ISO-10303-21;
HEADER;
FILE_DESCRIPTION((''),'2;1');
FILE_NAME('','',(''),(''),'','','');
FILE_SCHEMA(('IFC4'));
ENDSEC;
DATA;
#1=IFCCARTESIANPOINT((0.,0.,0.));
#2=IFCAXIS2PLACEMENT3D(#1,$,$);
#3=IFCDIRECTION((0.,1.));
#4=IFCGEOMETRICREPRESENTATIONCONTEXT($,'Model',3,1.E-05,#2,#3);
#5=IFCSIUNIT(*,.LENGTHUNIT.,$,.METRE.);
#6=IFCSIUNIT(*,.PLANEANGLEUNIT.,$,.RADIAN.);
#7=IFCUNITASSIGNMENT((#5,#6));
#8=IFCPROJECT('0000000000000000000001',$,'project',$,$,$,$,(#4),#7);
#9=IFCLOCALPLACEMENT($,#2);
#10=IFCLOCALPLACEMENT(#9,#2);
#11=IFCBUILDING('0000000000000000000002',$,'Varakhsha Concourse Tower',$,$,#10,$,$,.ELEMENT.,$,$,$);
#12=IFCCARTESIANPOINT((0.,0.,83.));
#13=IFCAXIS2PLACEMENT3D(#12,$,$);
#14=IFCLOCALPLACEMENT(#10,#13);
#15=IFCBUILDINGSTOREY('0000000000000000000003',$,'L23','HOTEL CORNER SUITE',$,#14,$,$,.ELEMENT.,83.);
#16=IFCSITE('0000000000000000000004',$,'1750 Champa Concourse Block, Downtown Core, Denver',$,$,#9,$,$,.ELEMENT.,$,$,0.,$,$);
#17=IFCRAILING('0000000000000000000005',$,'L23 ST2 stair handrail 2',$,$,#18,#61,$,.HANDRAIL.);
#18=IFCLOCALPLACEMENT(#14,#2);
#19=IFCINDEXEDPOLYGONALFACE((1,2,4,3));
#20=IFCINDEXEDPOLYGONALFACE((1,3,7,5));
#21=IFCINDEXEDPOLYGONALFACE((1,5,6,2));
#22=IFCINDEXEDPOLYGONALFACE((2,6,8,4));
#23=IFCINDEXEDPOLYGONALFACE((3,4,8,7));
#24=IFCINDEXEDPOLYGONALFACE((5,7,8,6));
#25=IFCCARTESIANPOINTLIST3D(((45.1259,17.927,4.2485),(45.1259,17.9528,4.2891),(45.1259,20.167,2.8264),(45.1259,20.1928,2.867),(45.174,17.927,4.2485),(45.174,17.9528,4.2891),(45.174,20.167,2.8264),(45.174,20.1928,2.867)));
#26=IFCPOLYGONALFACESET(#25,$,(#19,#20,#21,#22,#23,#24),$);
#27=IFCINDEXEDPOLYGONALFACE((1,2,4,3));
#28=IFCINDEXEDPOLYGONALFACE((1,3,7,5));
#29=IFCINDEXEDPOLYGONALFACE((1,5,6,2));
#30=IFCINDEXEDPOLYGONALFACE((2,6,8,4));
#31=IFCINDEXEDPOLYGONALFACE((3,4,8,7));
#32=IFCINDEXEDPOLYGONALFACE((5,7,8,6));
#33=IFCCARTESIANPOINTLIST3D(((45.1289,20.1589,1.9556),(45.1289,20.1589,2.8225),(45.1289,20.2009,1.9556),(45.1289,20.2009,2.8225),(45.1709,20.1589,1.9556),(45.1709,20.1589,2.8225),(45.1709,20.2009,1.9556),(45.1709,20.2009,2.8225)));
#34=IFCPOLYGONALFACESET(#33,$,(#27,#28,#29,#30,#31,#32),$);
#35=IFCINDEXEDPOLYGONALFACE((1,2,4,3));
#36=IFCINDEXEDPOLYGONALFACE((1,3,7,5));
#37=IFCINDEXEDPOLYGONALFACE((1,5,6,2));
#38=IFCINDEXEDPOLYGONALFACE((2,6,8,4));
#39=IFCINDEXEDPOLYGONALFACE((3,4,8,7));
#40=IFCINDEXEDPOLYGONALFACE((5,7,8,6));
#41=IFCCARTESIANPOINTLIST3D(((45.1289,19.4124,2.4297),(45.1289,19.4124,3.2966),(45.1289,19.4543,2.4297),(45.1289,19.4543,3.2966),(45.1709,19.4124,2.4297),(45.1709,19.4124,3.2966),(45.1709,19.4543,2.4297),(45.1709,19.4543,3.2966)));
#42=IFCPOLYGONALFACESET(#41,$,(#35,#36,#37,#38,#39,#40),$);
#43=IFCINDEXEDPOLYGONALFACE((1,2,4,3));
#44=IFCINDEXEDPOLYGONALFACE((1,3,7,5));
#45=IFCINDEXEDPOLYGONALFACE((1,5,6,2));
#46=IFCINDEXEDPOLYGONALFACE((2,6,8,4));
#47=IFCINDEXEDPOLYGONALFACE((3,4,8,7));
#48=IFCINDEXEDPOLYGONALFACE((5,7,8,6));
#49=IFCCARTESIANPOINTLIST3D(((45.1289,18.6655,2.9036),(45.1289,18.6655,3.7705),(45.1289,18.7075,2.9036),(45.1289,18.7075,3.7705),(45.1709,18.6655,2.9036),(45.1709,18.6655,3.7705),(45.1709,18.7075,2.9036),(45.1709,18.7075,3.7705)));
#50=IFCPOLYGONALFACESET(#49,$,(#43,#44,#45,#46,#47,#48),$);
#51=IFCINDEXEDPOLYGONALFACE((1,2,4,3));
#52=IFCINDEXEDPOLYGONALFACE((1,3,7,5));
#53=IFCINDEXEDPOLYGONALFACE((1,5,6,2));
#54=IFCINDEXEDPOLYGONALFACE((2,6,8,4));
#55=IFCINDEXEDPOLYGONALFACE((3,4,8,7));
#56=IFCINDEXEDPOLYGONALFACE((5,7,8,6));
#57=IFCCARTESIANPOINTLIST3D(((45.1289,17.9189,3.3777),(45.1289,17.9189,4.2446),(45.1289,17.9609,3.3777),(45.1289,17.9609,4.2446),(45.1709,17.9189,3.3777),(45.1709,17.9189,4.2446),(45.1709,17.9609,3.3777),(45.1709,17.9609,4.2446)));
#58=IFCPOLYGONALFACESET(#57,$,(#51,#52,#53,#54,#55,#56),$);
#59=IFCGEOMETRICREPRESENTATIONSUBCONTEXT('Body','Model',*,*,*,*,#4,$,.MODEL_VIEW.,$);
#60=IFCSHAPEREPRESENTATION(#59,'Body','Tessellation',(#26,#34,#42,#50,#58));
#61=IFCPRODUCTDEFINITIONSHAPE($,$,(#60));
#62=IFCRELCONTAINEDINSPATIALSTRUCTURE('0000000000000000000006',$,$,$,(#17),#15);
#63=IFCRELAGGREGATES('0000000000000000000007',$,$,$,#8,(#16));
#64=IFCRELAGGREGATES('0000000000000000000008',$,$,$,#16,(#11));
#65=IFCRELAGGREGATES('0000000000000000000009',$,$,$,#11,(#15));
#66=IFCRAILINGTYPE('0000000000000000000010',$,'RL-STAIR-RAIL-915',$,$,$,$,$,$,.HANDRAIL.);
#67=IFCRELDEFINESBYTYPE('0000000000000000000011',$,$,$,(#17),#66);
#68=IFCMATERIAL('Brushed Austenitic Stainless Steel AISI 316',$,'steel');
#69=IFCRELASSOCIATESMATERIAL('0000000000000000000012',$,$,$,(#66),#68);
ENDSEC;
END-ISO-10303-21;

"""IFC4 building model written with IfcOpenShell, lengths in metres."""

from ifc_helpers import new_model, si_unit, direction, frame, origin, origin_2d, place, context, subcontext, project, spatial, rectangle, extrude, material, type_object, element, save


model = new_model("IFC4")

# Units and contexts
model_context = context("Model", 3, precision=1e-05, world=origin(), true_north=direction((0.0, 1.0)))
body_context = subcontext(model_context, "Body", "Model", "MODEL_VIEW")
ifc_project = project(units=[si_unit("LENGTHUNIT", "METRE"), si_unit("PLANEANGLEUNIT", "RADIAN")], contexts=[model_context])

# Site, building, storey
site_placement = place(None, origin())
site = spatial("IfcSite", under=ifc_project, at=site_placement, Name="1750 Champa Concourse Block, Downtown Core, Denver", CompositionType="ELEMENT", RefElevation=0.0)
building_placement = place(site_placement, origin())
building = spatial("IfcBuilding", under=site, at=building_placement, Name="Varakhsha Concourse Tower", CompositionType="ELEMENT")
storey_placement = place(building_placement, frame((0.0, 0.0, 83.0)))
storey = spatial("IfcBuildingStorey", under=building, at=storey_placement, Name="L23", Description="HOTEL CORNER SUITE", CompositionType="ELEMENT", Elevation=83.0)

# Railing
ifc_material_1 = material(Name="Brushed Austenitic Stainless Steel AISI 316", Category="steel")
railing_type_1 = type_object("IfcRailingType", Name="RL-STAIR-RAIL-915", PredefinedType="HANDRAIL", material=ifc_material_1)
railing_1_placement = place(storey_placement, frame((45.1499, 20.1799, 1.9556)))
element("IfcRailing", 1, at=railing_1_placement, inside=storey, type_object=railing_type_1, Name="L23 ST2 stair handrail 2", PredefinedType="HANDRAIL", context=body_context, shape_type="SweptSolid", body=[
    extrude(rectangle(XDim=0.0481, YDim=0.0481, at=origin_2d()), frame((0.0, 0.0, 0.8911), z_axis=(0.0, -0.844229, 0.535982), x_axis=(1.0, 0.0, 0.0)), (0.0, 0.0, 1.0), 2.6533),
    extrude(rectangle(XDim=0.042, YDim=0.042, at=origin_2d()), origin(), (0.0, 0.0, 1.0), 0.8669),
    extrude(rectangle(XDim=0.042, YDim=0.042, at=origin_2d()), frame((0.0, -0.7466, 0.4741)), (0.0, 0.0, 1.0), 0.8669),
    extrude(rectangle(XDim=0.042, YDim=0.042, at=origin_2d()), frame((0.0, -1.4934, 0.948)), (0.0, 0.0, 1.0), 0.8669),
    extrude(rectangle(XDim=0.042, YDim=0.042, at=origin_2d()), frame((0.0, -2.24, 1.4221)), (0.0, 0.0, 1.0), 0.8669),
])

save(model, "model.ifc")
